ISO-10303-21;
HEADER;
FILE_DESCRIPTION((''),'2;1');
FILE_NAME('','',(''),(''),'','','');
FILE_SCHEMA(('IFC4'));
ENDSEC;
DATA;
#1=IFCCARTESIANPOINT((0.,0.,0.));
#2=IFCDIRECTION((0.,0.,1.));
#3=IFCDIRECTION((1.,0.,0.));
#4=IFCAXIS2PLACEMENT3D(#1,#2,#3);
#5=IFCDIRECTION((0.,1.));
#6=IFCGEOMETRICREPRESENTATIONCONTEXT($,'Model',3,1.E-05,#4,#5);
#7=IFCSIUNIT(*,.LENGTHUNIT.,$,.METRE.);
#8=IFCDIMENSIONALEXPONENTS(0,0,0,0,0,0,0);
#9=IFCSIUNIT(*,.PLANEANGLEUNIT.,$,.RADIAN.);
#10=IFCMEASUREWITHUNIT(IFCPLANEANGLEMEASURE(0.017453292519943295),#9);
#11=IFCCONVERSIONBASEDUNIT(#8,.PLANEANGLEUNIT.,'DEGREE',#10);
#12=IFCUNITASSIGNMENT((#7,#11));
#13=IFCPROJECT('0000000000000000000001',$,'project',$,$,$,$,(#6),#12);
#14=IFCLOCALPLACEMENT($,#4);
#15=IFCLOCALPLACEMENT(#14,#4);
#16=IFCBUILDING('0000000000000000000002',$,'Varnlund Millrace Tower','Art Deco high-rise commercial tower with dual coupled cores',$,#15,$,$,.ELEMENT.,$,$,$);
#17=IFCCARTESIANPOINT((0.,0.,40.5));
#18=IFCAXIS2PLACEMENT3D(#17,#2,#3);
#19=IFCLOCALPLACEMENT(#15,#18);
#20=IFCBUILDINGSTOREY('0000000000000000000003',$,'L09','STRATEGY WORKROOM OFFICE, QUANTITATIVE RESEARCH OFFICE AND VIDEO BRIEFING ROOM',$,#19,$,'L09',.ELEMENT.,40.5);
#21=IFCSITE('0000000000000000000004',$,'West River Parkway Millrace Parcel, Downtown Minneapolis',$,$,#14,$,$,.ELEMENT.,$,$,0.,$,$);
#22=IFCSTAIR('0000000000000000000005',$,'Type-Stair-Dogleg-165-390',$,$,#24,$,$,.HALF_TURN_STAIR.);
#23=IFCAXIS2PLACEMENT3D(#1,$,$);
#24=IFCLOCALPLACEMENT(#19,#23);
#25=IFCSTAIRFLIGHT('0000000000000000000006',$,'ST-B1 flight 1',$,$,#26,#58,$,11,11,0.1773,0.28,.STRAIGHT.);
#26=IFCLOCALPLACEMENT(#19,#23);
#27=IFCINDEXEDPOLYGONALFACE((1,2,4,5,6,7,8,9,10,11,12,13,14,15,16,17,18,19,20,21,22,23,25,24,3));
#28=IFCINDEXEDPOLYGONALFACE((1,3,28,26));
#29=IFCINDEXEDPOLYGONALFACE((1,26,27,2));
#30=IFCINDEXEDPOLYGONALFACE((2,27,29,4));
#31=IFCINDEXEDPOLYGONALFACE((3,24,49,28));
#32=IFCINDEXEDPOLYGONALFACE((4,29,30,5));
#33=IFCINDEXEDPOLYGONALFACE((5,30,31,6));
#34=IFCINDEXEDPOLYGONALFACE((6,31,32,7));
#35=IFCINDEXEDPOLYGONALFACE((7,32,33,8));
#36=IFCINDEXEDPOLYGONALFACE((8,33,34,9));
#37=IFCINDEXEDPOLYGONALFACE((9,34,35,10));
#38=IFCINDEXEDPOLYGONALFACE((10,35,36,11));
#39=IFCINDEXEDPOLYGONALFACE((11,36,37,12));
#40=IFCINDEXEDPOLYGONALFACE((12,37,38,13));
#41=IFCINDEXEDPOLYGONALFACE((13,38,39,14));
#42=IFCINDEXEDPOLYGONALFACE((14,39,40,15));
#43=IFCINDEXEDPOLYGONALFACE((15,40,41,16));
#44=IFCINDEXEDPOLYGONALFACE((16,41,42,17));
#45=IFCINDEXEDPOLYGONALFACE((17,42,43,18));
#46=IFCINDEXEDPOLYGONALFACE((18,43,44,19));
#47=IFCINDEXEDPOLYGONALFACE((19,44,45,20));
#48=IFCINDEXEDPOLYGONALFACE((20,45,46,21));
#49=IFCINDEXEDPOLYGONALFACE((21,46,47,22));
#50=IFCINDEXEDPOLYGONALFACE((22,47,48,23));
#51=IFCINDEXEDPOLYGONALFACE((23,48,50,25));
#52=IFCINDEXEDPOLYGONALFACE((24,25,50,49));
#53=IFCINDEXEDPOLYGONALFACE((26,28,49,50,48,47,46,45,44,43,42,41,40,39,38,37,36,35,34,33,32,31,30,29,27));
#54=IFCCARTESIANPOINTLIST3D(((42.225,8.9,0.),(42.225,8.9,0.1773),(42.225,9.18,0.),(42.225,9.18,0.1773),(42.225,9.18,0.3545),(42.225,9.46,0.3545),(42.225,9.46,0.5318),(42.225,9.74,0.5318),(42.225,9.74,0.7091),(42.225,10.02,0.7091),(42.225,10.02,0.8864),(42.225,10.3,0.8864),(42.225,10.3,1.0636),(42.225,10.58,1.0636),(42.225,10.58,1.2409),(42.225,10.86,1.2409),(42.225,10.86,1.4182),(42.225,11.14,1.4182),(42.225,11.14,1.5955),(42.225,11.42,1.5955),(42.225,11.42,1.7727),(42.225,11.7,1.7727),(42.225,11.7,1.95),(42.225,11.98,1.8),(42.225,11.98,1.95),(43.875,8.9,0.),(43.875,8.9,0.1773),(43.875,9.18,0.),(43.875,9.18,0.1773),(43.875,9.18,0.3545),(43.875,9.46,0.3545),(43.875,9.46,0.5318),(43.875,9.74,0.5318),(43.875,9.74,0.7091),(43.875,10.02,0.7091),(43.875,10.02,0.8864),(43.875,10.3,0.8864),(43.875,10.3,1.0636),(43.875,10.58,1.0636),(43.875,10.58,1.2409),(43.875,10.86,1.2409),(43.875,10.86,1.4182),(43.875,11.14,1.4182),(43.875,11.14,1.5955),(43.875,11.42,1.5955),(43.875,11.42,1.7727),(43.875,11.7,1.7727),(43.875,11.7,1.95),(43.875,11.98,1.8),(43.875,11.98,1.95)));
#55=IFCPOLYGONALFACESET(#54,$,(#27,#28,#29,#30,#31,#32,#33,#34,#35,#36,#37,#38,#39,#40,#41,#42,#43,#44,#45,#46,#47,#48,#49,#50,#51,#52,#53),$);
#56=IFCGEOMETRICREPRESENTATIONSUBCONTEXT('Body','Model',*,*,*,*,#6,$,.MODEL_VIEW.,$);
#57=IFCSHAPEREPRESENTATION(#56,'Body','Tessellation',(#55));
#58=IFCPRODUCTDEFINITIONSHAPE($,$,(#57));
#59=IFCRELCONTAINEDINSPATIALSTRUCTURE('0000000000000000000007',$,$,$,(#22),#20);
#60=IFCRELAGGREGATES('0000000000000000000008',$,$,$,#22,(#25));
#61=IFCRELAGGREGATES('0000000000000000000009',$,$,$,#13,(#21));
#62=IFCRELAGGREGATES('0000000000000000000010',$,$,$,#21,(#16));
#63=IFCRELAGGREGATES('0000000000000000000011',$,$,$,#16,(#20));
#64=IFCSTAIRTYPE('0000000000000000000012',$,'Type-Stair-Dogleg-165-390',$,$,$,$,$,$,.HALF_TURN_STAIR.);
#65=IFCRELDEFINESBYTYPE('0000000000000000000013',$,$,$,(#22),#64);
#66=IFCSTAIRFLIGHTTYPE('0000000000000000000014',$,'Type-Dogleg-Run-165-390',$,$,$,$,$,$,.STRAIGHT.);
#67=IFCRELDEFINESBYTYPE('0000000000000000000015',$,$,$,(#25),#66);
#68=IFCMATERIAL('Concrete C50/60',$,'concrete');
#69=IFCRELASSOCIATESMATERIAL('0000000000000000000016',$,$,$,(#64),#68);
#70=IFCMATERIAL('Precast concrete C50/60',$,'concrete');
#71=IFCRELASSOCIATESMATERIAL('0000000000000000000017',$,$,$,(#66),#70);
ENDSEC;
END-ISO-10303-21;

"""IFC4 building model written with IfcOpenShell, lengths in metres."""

from ifc_helpers import new_model, entity, si_unit, converted_unit, direction, frame, origin_with_axes, place, context, subcontext, project, spatial, polyline, outline, extrude, material, type_object, element, aggregate, save


model = new_model("IFC4")

# Units and contexts
model_context = context("Model", 3, precision=1e-05, world=origin_with_axes(), true_north=direction((0.0, 1.0)))
body_context = subcontext(model_context, "Body", "Model", "MODEL_VIEW")
ifc_project = project(units=[si_unit("LENGTHUNIT", "METRE"), converted_unit("PLANEANGLEUNIT", "DEGREE", entity("IfcPlaneAngleMeasure", 0.017453292519943295), si_unit("PLANEANGLEUNIT", "RADIAN"), dimensions=[0, 0, 0, 0, 0, 0, 0])], contexts=[model_context])

# Site, building, storey
site_placement = place(None, origin_with_axes())
site = spatial("IfcSite", under=ifc_project, at=site_placement, Name="West River Parkway Millrace Parcel, Downtown Minneapolis", CompositionType="ELEMENT", RefElevation=0.0)
building_placement = place(site_placement, origin_with_axes())
building = spatial("IfcBuilding", under=site, at=building_placement, Name="Varnlund Millrace Tower", Description="Art Deco high-rise commercial tower with dual coupled cores", CompositionType="ELEMENT")
storey_placement = place(building_placement, frame((0.0, 0.0, 40.5), z_axis=(0.0, 0.0, 1.0), x_axis=(1.0, 0.0, 0.0)))
storey = spatial("IfcBuildingStorey", under=building, at=storey_placement, Name="L09", Description="STRATEGY WORKROOM OFFICE, QUANTITATIVE RESEARCH OFFICE AND VIDEO BRIEFING ROOM", LongName="L09", CompositionType="ELEMENT", Elevation=40.5)

# Stair, stair flight
ifc_material_1 = material(Name="Concrete C50/60", Category="concrete")
stair_type = type_object("IfcStairType", Name="Type-Stair-Dogleg-165-390", PredefinedType="HALF_TURN_STAIR", material=ifc_material_1)
stair_placement = place(storey_placement, origin_with_axes())
stair = element("IfcStair", 1, at=stair_placement, inside=storey, type_object=stair_type, Name="Type-Stair-Dogleg-165-390", PredefinedType="HALF_TURN_STAIR")
ifc_material_2 = material(Name="Precast concrete C50/60", Category="concrete")
stair_flight_type = type_object("IfcStairFlightType", Name="Type-Dogleg-Run-165-390", PredefinedType="STRAIGHT", material=ifc_material_2)
stair_flight_placement = place(storey_placement, frame((42.225, 8.9, 0.0), z_axis=(1.0, 0.0, 0.0), x_axis=(0.0, 1.0, 0.0)))
stair_flight = element("IfcStairFlight", 2, at=stair_flight_placement, type_object=stair_flight_type, Name="ST-B1 flight 1", NumberOfRisers=11, NumberOfTreads=11, PredefinedType="STRAIGHT", RiserHeight=0.1773, TreadLength=0.28, context=body_context, shape_type="SweptSolid", body=[
    extrude(outline(polyline([(0.0, 0.0), (0.0, 0.1773), (0.28, 0.1773), (0.28, 0.3545), (0.56, 0.3545), (0.56, 0.5318), (0.84, 0.5318), (0.84, 0.7091), (1.12, 0.7091), (1.12, 0.8864), (1.4, 0.8864), (1.4, 1.0636), (1.68, 1.0636), (1.68, 1.2409), (1.96, 1.2409), (1.96, 1.4182), (2.24, 1.4182), (2.24, 1.5955), (2.52, 1.5955), (2.52, 1.7727), (2.8, 1.7727), (2.8, 1.95), (3.08, 1.95), (3.08, 1.8), (0.28, 0.0), (0.0, 0.0)])), origin_with_axes(), (0.0, 0.0, 1.0), 1.65),
])
aggregate(stair, [stair_flight])

save(model, "model.ifc")
